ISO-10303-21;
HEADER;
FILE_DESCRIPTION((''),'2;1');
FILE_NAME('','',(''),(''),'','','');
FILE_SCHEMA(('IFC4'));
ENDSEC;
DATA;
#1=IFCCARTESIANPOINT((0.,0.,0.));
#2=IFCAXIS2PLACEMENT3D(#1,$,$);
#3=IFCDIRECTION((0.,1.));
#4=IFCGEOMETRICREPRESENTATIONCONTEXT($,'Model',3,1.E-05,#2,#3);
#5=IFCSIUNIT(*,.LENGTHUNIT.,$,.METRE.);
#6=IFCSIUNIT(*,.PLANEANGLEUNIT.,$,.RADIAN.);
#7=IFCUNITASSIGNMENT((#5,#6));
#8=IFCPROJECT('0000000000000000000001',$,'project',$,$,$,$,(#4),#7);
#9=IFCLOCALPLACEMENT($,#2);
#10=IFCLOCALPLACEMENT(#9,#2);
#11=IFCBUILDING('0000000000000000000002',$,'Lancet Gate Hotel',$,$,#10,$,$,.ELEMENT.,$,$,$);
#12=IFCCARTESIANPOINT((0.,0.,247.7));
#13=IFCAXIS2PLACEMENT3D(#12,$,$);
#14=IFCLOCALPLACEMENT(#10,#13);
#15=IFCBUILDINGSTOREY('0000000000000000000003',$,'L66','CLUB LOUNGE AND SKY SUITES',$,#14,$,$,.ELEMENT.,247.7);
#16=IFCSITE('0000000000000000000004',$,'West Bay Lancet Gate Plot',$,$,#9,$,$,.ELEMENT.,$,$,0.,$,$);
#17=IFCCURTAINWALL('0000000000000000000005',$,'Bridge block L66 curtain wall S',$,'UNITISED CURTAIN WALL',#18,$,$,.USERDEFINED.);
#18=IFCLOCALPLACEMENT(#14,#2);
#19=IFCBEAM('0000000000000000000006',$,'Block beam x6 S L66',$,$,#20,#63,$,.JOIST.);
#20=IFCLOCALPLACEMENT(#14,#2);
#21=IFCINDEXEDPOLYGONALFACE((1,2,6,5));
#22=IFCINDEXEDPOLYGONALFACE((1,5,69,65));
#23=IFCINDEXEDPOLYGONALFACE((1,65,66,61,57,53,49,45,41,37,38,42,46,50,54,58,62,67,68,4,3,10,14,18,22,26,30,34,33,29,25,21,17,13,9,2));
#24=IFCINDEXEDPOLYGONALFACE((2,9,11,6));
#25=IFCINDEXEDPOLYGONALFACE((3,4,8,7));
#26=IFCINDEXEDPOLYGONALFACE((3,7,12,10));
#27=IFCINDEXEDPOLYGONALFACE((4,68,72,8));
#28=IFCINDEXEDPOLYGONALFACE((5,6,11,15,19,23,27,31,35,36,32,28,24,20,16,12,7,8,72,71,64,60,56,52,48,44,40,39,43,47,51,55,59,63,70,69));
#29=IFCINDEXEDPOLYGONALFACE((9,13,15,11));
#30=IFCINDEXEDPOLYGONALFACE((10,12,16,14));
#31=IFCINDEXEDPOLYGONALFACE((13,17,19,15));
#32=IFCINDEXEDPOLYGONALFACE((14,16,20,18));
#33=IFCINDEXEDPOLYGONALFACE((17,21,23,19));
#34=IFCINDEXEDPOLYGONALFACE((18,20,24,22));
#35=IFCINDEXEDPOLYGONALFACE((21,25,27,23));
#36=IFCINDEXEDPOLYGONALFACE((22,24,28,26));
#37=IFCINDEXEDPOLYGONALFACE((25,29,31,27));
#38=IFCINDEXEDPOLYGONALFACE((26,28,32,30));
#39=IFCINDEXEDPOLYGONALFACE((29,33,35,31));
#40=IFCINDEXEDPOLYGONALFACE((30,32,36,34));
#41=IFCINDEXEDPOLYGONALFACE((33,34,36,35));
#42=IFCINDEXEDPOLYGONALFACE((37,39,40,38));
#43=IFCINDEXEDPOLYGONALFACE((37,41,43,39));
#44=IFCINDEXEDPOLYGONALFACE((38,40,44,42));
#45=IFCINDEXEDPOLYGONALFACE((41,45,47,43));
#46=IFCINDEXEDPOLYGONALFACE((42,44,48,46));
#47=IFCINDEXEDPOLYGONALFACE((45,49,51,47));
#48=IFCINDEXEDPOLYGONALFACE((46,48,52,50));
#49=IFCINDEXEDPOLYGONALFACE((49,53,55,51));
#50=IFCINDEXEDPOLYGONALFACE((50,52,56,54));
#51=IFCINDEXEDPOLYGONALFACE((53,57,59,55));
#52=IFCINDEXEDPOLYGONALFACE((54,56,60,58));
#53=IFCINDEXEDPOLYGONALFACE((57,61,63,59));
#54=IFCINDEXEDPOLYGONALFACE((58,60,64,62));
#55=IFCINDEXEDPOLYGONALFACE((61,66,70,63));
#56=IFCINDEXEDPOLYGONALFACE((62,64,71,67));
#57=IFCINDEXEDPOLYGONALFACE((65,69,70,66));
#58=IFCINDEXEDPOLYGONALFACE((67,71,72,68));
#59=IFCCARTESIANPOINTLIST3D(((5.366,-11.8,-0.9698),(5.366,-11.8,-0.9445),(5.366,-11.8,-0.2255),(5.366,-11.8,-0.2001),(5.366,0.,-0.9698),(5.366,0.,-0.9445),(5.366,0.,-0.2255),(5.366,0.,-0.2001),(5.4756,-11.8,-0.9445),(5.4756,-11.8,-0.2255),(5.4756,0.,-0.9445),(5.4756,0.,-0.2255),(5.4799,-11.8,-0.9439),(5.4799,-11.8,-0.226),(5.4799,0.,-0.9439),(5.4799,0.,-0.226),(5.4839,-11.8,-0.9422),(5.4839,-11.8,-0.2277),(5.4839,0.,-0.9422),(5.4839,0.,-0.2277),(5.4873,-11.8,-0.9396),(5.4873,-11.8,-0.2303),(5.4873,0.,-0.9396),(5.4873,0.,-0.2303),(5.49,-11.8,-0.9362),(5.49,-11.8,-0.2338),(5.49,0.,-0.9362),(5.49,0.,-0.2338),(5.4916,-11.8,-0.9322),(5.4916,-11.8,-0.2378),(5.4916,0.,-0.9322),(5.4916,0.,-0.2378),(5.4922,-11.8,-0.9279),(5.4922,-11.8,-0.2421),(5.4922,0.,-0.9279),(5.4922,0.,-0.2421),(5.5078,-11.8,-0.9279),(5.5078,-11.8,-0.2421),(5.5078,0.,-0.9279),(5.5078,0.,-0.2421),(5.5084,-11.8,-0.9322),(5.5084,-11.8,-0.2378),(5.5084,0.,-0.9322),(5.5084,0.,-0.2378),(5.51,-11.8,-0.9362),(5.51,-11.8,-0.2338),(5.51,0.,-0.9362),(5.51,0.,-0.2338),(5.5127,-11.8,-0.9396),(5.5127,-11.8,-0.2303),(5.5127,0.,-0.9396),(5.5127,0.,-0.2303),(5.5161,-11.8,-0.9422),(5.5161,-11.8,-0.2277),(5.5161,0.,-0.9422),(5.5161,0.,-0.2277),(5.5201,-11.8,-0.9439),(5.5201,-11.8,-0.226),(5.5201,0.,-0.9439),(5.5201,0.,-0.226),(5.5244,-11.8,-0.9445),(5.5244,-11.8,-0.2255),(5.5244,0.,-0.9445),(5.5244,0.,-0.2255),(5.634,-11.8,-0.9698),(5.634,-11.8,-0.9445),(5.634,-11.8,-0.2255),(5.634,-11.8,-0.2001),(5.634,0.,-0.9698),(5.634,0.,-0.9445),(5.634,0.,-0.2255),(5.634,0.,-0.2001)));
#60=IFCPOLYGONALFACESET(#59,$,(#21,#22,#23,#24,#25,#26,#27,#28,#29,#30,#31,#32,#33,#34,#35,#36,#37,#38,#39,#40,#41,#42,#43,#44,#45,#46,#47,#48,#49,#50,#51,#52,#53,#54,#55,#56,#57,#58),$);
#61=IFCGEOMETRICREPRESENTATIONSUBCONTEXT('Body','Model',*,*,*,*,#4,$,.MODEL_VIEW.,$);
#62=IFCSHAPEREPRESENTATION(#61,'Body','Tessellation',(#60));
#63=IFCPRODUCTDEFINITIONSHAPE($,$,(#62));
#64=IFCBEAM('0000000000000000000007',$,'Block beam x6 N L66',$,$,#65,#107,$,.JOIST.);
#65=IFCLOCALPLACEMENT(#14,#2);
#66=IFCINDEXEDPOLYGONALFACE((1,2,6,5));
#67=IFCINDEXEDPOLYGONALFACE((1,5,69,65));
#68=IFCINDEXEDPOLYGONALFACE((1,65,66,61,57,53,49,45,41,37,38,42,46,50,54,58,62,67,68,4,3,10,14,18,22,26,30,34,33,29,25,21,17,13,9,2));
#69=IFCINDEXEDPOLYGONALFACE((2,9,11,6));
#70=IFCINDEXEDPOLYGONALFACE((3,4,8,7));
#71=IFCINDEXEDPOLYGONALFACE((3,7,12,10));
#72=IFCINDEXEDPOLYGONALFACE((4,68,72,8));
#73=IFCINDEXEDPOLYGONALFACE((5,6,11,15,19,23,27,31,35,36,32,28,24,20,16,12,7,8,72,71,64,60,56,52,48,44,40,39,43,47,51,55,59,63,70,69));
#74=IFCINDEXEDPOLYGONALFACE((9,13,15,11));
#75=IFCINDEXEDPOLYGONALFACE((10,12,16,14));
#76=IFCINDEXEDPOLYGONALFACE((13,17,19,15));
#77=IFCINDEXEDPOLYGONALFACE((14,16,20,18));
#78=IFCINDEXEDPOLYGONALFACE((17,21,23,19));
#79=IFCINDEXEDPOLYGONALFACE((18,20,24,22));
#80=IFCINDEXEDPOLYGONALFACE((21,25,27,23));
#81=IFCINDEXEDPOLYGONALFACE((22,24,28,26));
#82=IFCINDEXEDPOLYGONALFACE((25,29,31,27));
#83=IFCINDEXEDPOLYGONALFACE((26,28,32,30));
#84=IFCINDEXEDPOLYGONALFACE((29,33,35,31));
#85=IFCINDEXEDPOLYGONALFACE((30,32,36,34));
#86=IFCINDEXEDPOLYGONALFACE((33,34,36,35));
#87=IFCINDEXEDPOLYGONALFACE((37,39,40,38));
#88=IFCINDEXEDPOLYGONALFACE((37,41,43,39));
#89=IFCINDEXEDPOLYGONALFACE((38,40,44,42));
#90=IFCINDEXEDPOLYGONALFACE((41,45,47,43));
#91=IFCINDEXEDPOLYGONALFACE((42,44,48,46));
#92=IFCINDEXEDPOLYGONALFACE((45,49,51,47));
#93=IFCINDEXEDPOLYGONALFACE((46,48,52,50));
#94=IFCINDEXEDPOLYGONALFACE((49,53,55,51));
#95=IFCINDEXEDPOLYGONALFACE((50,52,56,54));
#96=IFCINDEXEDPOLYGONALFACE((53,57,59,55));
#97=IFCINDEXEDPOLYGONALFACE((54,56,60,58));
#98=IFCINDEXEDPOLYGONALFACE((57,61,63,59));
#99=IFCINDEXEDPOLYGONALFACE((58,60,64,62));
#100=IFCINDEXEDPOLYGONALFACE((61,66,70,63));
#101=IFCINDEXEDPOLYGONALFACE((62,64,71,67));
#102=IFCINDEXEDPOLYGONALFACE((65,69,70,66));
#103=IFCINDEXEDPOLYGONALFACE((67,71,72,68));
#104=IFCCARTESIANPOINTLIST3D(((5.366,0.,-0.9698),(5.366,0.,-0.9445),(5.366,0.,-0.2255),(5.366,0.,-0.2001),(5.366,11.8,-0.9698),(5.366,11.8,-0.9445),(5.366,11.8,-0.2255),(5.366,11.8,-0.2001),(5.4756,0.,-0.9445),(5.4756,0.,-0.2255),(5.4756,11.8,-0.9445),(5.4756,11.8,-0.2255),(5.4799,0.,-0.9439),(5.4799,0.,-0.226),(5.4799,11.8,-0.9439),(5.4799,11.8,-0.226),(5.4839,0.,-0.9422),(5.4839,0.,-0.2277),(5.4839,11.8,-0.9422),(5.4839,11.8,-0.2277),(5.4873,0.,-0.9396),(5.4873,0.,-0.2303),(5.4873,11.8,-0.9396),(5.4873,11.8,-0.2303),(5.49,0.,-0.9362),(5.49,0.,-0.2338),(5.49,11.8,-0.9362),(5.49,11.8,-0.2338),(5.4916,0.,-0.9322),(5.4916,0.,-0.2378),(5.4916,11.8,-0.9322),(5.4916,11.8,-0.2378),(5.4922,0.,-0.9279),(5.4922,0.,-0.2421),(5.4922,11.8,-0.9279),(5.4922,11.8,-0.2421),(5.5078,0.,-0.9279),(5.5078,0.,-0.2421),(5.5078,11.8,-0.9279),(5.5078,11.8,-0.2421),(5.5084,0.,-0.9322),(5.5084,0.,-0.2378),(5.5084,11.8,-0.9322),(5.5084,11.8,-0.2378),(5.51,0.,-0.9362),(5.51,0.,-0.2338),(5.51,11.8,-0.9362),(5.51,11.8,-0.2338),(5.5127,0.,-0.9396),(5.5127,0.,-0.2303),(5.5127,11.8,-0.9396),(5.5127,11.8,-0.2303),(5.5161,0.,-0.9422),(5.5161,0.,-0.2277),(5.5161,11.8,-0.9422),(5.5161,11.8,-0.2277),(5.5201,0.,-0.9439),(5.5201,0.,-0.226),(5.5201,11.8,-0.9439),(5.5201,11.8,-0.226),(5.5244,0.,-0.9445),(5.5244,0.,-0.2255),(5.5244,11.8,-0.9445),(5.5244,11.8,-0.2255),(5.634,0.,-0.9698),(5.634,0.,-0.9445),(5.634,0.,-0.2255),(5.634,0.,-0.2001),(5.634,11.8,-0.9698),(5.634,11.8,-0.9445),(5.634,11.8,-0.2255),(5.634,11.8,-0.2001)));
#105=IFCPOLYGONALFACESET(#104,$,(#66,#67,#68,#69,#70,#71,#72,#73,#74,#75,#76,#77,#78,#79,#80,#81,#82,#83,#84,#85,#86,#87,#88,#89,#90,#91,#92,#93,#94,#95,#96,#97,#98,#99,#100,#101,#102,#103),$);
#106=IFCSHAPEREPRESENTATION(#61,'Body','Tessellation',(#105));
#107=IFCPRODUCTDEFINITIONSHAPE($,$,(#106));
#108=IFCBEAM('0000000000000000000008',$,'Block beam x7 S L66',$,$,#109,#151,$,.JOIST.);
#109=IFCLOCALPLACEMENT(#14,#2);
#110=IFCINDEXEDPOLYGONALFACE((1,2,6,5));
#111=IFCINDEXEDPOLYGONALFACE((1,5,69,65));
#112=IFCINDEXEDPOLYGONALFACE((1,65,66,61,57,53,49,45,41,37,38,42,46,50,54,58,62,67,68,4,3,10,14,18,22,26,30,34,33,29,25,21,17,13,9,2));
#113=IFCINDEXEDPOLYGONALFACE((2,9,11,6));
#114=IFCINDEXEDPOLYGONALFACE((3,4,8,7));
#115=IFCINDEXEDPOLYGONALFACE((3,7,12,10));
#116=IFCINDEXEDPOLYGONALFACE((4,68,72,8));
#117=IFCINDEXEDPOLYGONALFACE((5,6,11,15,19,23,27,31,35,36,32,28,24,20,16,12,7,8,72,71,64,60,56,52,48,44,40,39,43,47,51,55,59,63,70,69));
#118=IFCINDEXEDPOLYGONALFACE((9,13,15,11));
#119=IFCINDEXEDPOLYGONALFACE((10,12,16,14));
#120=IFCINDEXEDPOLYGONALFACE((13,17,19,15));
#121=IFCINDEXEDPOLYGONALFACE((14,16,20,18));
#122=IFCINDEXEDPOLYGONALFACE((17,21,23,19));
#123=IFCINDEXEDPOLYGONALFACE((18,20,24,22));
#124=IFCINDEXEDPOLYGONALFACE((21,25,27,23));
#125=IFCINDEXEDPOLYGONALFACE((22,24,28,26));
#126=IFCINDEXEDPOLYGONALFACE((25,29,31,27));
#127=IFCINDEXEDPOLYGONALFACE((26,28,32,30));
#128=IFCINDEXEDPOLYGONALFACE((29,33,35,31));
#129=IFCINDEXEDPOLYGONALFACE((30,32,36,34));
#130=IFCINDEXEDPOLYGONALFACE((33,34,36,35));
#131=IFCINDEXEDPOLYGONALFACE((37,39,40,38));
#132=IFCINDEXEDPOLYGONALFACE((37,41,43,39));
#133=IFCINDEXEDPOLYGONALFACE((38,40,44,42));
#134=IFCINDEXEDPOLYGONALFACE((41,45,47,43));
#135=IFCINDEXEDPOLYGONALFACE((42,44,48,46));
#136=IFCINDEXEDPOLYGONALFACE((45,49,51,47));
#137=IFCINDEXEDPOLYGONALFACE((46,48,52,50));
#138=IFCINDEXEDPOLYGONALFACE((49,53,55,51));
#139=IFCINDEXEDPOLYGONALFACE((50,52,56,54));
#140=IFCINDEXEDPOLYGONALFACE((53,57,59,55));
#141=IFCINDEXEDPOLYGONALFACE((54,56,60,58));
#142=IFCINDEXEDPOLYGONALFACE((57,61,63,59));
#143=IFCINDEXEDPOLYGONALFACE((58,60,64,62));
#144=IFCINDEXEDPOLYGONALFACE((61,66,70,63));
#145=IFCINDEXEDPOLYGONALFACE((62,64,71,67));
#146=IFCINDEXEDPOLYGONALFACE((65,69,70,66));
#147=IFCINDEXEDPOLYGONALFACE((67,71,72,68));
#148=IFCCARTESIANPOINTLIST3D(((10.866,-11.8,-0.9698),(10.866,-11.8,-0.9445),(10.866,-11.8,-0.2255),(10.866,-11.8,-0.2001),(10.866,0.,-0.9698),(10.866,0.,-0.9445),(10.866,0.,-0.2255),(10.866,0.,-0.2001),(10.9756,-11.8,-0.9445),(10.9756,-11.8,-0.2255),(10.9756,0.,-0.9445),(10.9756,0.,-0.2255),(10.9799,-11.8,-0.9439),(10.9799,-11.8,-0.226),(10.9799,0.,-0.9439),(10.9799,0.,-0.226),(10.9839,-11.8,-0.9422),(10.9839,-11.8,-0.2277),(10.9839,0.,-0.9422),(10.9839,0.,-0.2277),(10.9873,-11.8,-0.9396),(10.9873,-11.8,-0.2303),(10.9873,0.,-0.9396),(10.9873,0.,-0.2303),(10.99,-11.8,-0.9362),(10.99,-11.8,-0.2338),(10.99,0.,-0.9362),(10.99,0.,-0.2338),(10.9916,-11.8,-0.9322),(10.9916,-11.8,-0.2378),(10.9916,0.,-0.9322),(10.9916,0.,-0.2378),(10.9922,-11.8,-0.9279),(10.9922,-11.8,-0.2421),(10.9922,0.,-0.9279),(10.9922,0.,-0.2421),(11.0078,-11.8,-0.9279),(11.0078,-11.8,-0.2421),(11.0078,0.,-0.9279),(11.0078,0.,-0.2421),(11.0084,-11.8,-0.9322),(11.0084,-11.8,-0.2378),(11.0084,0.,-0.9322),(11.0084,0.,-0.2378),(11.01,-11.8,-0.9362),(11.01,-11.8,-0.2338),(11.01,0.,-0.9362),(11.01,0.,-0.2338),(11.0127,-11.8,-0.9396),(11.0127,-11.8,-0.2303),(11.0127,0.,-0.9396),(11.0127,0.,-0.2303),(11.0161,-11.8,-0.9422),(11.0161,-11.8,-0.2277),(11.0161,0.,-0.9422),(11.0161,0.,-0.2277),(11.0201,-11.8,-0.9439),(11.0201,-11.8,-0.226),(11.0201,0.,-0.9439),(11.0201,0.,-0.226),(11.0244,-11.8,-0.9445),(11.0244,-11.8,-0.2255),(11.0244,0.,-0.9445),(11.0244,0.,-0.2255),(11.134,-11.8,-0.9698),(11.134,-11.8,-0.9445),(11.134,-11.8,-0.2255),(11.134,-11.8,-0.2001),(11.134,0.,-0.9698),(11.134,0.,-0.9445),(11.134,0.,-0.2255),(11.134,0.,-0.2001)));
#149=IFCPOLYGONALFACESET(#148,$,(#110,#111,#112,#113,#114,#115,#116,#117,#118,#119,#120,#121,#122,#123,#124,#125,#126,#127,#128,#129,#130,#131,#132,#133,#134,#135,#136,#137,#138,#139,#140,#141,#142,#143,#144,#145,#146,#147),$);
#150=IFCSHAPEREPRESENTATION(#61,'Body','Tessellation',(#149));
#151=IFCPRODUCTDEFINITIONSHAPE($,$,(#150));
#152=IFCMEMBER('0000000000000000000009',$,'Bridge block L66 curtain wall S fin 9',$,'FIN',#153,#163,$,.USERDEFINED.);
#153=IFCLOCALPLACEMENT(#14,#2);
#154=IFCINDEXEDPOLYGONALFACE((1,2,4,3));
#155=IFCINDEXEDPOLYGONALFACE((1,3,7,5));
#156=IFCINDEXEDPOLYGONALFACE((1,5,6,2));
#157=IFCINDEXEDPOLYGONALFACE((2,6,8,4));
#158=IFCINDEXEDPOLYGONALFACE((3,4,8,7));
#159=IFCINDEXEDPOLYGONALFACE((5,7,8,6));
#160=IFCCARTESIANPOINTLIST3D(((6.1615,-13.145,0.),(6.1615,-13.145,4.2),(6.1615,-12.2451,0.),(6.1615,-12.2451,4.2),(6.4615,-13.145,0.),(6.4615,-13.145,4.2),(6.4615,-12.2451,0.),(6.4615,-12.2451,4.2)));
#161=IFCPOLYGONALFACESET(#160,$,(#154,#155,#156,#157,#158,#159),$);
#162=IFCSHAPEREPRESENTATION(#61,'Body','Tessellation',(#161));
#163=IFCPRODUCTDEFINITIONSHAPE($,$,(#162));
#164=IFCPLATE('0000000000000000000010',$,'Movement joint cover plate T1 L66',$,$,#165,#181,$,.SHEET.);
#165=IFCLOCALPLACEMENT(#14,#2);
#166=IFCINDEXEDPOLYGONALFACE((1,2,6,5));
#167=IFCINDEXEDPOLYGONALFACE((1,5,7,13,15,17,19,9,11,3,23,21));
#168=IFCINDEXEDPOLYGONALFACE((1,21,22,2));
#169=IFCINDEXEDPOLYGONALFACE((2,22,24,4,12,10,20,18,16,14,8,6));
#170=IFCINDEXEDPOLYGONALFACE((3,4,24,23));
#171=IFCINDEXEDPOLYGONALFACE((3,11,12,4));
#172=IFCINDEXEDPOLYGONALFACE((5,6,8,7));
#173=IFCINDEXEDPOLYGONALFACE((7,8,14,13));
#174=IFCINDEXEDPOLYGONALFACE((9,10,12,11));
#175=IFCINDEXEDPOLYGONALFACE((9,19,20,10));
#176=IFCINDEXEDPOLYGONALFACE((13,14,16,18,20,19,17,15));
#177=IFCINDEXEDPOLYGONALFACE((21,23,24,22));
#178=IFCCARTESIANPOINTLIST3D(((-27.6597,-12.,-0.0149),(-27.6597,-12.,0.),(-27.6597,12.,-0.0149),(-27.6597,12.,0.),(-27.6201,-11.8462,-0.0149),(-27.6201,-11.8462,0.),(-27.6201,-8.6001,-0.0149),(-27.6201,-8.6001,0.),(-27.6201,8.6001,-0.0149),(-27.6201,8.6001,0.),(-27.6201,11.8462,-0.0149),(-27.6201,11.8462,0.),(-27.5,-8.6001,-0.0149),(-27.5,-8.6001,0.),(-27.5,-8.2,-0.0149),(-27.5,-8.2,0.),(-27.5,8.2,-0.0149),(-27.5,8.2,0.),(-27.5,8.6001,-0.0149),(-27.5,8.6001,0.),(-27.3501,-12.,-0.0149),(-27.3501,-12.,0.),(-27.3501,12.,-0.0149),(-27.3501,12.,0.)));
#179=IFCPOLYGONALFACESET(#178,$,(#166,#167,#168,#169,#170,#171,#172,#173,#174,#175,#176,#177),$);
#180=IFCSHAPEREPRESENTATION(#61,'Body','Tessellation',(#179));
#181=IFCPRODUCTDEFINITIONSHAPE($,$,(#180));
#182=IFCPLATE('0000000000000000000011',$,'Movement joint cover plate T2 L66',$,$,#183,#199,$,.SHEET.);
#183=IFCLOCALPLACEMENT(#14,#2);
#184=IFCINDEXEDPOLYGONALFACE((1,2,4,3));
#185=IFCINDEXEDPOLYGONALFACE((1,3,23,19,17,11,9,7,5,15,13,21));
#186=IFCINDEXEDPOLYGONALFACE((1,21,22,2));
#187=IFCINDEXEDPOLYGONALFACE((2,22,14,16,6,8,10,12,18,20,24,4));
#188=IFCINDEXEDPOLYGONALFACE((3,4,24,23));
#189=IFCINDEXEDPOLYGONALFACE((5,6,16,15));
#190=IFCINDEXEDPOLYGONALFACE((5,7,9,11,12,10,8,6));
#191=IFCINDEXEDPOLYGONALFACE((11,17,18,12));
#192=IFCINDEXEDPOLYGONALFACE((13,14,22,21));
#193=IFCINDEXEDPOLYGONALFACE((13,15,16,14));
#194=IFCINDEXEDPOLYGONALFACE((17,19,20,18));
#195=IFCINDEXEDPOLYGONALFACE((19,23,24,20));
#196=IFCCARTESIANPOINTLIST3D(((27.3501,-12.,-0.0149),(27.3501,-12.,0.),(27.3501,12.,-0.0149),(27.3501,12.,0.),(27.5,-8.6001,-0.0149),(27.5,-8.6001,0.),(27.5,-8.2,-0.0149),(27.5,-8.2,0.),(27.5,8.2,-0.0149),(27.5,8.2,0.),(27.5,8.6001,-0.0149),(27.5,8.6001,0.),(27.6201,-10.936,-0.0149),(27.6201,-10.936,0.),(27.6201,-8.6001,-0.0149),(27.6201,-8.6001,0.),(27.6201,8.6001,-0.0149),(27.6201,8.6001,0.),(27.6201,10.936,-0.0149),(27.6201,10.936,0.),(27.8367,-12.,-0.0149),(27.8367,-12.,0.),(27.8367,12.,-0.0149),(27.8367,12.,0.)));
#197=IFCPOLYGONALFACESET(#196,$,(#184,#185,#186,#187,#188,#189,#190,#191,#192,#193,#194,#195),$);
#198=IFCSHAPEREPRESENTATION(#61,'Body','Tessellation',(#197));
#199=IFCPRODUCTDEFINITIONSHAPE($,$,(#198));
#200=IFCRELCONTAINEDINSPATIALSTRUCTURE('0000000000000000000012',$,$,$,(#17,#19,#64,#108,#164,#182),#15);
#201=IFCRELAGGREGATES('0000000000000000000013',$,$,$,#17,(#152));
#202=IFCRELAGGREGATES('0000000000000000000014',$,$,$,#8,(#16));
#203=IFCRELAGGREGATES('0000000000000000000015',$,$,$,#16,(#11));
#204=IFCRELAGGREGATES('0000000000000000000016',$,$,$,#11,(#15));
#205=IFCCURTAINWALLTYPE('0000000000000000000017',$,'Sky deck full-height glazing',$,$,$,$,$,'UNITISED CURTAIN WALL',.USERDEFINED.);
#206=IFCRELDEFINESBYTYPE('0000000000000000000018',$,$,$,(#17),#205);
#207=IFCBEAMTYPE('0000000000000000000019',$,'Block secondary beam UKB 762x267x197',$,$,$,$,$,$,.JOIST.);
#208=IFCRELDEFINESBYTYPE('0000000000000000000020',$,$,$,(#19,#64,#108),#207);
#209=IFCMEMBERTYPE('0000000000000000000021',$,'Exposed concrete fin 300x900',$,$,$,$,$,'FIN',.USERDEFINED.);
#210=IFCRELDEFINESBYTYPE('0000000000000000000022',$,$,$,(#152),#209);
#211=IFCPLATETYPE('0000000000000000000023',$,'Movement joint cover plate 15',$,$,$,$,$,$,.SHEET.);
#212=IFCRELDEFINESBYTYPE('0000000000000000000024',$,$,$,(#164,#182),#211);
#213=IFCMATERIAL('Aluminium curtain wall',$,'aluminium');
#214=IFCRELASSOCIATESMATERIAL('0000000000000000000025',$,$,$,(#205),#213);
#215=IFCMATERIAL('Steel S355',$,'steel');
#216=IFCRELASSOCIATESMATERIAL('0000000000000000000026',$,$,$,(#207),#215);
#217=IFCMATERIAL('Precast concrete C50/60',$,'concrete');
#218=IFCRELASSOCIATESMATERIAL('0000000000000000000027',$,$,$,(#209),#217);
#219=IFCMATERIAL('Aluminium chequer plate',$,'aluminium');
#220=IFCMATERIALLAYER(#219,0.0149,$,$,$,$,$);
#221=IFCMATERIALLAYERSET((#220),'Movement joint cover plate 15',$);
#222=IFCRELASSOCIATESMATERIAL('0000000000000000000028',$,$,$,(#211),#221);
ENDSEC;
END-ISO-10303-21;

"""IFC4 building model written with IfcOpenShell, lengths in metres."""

from ifc_helpers import new_model, si_unit, direction, frame, origin, origin_2d, place, context, subcontext, project, spatial, polyline, rectangle, i_section, outline, extrude, material, layer, layer_set, material_profile, profile_set, type_object, element, aggregate, save


model = new_model("IFC4")

# Units and contexts
model_context = context("Model", 3, precision=1e-05, world=origin(), true_north=direction((0.0, 1.0)))
body_context = subcontext(model_context, "Body", "Model", "MODEL_VIEW")
ifc_project = project(units=[si_unit("LENGTHUNIT", "METRE"), si_unit("PLANEANGLEUNIT", "RADIAN")], contexts=[model_context])

# Site, building, storey
site_placement = place(None, origin())
site = spatial("IfcSite", under=ifc_project, at=site_placement, Name="West Bay Lancet Gate Plot", CompositionType="ELEMENT", RefElevation=0.0)
building_placement = place(site_placement, origin())
building = spatial("IfcBuilding", under=site, at=building_placement, Name="Lancet Gate Hotel", CompositionType="ELEMENT")
storey_placement = place(building_placement, frame((0.0, 0.0, 247.7)))
storey = spatial("IfcBuildingStorey", under=building, at=storey_placement, Name="L66", Description="CLUB LOUNGE AND SKY SUITES", CompositionType="ELEMENT", Elevation=247.7)

# Curtain wall
ifc_material_1 = material(Name="Aluminium curtain wall", Category="aluminium")
curtain_wall_type = type_object("IfcCurtainWallType", Name="Sky deck full-height glazing", ElementType="UNITISED CURTAIN WALL", PredefinedType="USERDEFINED", material=ifc_material_1)
curtain_wall_placement = place(storey_placement, origin())
curtain_wall = element("IfcCurtainWall", 1, at=curtain_wall_placement, inside=storey, type_object=curtain_wall_type, Name="Bridge block L66 curtain wall S", ObjectType="UNITISED CURTAIN WALL", PredefinedType="USERDEFINED")

# Beams
ifc_material_2 = material(Name="Steel S355", Category="steel")
ifc_material_profile_1 = material_profile(ifc_material_2, i_section(OverallWidth=0.2681, OverallDepth=0.7698, WebThickness=0.0156, FlangeThickness=0.0254, FilletRadius=0.0166, at=origin_2d()), Name="UKB 762x267x197")
ifc_profile_set_1 = profile_set([ifc_material_profile_1], Name="Steel S355")
beam_type_1 = type_object("IfcBeamType", Name="Block secondary beam UKB 762x267x197", PredefinedType="JOIST", material=ifc_profile_set_1)
for number, where, z_axis, x_axis, name in (
    (2, (5.5, -11.8, -0.585), (0.0, 1.0, 0.0), (-1.0, 0.0, 0.0), "Block beam x6 S L66"),
    (3, (5.5, 0.0, -0.585), (0.0, 1.0, 0.0), (-1.0, 0.0, 0.0), "Block beam x6 N L66"),
    (4, (11.0, -11.8, -0.585), (0.0, 1.0, 0.0), (-1.0, 0.0, 0.0), "Block beam x7 S L66"),
):
    element("IfcBeam", number, at=place(storey_placement, frame(where, z_axis=z_axis, x_axis=x_axis)), inside=storey, type_object=beam_type_1, Name=name, PredefinedType="JOIST", context=body_context, shape_type="SweptSolid", body=[
        extrude(i_section(OverallWidth=0.2681, OverallDepth=0.7698, WebThickness=0.0156, FlangeThickness=0.0254, FilletRadius=0.0166, at=origin_2d()), origin(), (0.0, 0.0, 1.0), 11.8),
    ])

# Member
ifc_material_3 = material(Name="Precast concrete C50/60", Category="concrete")
ifc_material_profile_2 = material_profile(ifc_material_3, rectangle(XDim=0.3, YDim=0.8999, at=origin_2d()), Name="FIN 300x900")
ifc_profile_set_2 = profile_set([ifc_material_profile_2], Name="Precast concrete C50/60")
member_type_1 = type_object("IfcMemberType", Name="Exposed concrete fin 300x900", ElementType="FIN", PredefinedType="USERDEFINED", material=ifc_profile_set_2)
member_1_placement = place(storey_placement, frame((6.3115, -12.6951, 0.0), z_axis=(0.0, 0.0, 1.0), x_axis=(1.0, 0.0, 0.0)))
member_1 = element("IfcMember", 5, at=member_1_placement, type_object=member_type_1, Name="Bridge block L66 curtain wall S fin 9", ObjectType="FIN", PredefinedType="USERDEFINED", context=body_context, shape_type="SweptSolid", body=[
    extrude(rectangle(XDim=0.3, YDim=0.8999, at=origin_2d()), origin(), (0.0, 0.0, 1.0), 4.2),
])

# Plates
ifc_material_4 = material(Name="Aluminium chequer plate", Category="aluminium")
ifc_layer_1 = layer(ifc_material_4, 0.0149)
ifc_layer_set_1 = layer_set([ifc_layer_1], Name="Movement joint cover plate 15")
plate_type_1 = type_object("IfcPlateType", Name="Movement joint cover plate 15", PredefinedType="SHEET", material=ifc_layer_set_1)
plate_1_placement = place(storey_placement, frame((0.0, 0.0, -0.0149)))
element("IfcPlate", 6, at=plate_1_placement, inside=storey, type_object=plate_type_1, Name="Movement joint cover plate T1 L66", PredefinedType="SHEET", context=body_context, shape_type="SweptSolid", body=[
    extrude(outline(polyline([(-27.3501, 12.0), (-27.6597, 12.0), (-27.6201, 11.8462), (-27.6201, 8.6001), (-27.5, 8.6001), (-27.5, 8.2), (-27.5, -8.2), (-27.5, -8.6001), (-27.6201, -8.6001), (-27.6201, -11.8462), (-27.6597, -12.0), (-27.3501, -12.0), (-27.3501, 12.0)])), origin(), (0.0, 0.0, 1.0), 0.0149),
])
plate_2_placement = place(storey_placement, frame((0.0, 0.0, -0.0149)))
element("IfcPlate", 7, at=plate_2_placement, inside=storey, type_object=plate_type_1, Name="Movement joint cover plate T2 L66", PredefinedType="SHEET", context=body_context, shape_type="SweptSolid", body=[
    extrude(outline(polyline([(27.3501, -12.0), (27.8367, -12.0), (27.6201, -10.936), (27.6201, -8.6001), (27.5, -8.6001), (27.5, -8.2), (27.5, 8.2), (27.5, 8.6001), (27.6201, 8.6001), (27.6201, 10.936), (27.8367, 12.0), (27.3501, 12.0), (27.3501, -12.0)])), origin(), (0.0, 0.0, 1.0), 0.0149),
])

aggregate(curtain_wall, [member_1])

save(model, "model.ifc")
